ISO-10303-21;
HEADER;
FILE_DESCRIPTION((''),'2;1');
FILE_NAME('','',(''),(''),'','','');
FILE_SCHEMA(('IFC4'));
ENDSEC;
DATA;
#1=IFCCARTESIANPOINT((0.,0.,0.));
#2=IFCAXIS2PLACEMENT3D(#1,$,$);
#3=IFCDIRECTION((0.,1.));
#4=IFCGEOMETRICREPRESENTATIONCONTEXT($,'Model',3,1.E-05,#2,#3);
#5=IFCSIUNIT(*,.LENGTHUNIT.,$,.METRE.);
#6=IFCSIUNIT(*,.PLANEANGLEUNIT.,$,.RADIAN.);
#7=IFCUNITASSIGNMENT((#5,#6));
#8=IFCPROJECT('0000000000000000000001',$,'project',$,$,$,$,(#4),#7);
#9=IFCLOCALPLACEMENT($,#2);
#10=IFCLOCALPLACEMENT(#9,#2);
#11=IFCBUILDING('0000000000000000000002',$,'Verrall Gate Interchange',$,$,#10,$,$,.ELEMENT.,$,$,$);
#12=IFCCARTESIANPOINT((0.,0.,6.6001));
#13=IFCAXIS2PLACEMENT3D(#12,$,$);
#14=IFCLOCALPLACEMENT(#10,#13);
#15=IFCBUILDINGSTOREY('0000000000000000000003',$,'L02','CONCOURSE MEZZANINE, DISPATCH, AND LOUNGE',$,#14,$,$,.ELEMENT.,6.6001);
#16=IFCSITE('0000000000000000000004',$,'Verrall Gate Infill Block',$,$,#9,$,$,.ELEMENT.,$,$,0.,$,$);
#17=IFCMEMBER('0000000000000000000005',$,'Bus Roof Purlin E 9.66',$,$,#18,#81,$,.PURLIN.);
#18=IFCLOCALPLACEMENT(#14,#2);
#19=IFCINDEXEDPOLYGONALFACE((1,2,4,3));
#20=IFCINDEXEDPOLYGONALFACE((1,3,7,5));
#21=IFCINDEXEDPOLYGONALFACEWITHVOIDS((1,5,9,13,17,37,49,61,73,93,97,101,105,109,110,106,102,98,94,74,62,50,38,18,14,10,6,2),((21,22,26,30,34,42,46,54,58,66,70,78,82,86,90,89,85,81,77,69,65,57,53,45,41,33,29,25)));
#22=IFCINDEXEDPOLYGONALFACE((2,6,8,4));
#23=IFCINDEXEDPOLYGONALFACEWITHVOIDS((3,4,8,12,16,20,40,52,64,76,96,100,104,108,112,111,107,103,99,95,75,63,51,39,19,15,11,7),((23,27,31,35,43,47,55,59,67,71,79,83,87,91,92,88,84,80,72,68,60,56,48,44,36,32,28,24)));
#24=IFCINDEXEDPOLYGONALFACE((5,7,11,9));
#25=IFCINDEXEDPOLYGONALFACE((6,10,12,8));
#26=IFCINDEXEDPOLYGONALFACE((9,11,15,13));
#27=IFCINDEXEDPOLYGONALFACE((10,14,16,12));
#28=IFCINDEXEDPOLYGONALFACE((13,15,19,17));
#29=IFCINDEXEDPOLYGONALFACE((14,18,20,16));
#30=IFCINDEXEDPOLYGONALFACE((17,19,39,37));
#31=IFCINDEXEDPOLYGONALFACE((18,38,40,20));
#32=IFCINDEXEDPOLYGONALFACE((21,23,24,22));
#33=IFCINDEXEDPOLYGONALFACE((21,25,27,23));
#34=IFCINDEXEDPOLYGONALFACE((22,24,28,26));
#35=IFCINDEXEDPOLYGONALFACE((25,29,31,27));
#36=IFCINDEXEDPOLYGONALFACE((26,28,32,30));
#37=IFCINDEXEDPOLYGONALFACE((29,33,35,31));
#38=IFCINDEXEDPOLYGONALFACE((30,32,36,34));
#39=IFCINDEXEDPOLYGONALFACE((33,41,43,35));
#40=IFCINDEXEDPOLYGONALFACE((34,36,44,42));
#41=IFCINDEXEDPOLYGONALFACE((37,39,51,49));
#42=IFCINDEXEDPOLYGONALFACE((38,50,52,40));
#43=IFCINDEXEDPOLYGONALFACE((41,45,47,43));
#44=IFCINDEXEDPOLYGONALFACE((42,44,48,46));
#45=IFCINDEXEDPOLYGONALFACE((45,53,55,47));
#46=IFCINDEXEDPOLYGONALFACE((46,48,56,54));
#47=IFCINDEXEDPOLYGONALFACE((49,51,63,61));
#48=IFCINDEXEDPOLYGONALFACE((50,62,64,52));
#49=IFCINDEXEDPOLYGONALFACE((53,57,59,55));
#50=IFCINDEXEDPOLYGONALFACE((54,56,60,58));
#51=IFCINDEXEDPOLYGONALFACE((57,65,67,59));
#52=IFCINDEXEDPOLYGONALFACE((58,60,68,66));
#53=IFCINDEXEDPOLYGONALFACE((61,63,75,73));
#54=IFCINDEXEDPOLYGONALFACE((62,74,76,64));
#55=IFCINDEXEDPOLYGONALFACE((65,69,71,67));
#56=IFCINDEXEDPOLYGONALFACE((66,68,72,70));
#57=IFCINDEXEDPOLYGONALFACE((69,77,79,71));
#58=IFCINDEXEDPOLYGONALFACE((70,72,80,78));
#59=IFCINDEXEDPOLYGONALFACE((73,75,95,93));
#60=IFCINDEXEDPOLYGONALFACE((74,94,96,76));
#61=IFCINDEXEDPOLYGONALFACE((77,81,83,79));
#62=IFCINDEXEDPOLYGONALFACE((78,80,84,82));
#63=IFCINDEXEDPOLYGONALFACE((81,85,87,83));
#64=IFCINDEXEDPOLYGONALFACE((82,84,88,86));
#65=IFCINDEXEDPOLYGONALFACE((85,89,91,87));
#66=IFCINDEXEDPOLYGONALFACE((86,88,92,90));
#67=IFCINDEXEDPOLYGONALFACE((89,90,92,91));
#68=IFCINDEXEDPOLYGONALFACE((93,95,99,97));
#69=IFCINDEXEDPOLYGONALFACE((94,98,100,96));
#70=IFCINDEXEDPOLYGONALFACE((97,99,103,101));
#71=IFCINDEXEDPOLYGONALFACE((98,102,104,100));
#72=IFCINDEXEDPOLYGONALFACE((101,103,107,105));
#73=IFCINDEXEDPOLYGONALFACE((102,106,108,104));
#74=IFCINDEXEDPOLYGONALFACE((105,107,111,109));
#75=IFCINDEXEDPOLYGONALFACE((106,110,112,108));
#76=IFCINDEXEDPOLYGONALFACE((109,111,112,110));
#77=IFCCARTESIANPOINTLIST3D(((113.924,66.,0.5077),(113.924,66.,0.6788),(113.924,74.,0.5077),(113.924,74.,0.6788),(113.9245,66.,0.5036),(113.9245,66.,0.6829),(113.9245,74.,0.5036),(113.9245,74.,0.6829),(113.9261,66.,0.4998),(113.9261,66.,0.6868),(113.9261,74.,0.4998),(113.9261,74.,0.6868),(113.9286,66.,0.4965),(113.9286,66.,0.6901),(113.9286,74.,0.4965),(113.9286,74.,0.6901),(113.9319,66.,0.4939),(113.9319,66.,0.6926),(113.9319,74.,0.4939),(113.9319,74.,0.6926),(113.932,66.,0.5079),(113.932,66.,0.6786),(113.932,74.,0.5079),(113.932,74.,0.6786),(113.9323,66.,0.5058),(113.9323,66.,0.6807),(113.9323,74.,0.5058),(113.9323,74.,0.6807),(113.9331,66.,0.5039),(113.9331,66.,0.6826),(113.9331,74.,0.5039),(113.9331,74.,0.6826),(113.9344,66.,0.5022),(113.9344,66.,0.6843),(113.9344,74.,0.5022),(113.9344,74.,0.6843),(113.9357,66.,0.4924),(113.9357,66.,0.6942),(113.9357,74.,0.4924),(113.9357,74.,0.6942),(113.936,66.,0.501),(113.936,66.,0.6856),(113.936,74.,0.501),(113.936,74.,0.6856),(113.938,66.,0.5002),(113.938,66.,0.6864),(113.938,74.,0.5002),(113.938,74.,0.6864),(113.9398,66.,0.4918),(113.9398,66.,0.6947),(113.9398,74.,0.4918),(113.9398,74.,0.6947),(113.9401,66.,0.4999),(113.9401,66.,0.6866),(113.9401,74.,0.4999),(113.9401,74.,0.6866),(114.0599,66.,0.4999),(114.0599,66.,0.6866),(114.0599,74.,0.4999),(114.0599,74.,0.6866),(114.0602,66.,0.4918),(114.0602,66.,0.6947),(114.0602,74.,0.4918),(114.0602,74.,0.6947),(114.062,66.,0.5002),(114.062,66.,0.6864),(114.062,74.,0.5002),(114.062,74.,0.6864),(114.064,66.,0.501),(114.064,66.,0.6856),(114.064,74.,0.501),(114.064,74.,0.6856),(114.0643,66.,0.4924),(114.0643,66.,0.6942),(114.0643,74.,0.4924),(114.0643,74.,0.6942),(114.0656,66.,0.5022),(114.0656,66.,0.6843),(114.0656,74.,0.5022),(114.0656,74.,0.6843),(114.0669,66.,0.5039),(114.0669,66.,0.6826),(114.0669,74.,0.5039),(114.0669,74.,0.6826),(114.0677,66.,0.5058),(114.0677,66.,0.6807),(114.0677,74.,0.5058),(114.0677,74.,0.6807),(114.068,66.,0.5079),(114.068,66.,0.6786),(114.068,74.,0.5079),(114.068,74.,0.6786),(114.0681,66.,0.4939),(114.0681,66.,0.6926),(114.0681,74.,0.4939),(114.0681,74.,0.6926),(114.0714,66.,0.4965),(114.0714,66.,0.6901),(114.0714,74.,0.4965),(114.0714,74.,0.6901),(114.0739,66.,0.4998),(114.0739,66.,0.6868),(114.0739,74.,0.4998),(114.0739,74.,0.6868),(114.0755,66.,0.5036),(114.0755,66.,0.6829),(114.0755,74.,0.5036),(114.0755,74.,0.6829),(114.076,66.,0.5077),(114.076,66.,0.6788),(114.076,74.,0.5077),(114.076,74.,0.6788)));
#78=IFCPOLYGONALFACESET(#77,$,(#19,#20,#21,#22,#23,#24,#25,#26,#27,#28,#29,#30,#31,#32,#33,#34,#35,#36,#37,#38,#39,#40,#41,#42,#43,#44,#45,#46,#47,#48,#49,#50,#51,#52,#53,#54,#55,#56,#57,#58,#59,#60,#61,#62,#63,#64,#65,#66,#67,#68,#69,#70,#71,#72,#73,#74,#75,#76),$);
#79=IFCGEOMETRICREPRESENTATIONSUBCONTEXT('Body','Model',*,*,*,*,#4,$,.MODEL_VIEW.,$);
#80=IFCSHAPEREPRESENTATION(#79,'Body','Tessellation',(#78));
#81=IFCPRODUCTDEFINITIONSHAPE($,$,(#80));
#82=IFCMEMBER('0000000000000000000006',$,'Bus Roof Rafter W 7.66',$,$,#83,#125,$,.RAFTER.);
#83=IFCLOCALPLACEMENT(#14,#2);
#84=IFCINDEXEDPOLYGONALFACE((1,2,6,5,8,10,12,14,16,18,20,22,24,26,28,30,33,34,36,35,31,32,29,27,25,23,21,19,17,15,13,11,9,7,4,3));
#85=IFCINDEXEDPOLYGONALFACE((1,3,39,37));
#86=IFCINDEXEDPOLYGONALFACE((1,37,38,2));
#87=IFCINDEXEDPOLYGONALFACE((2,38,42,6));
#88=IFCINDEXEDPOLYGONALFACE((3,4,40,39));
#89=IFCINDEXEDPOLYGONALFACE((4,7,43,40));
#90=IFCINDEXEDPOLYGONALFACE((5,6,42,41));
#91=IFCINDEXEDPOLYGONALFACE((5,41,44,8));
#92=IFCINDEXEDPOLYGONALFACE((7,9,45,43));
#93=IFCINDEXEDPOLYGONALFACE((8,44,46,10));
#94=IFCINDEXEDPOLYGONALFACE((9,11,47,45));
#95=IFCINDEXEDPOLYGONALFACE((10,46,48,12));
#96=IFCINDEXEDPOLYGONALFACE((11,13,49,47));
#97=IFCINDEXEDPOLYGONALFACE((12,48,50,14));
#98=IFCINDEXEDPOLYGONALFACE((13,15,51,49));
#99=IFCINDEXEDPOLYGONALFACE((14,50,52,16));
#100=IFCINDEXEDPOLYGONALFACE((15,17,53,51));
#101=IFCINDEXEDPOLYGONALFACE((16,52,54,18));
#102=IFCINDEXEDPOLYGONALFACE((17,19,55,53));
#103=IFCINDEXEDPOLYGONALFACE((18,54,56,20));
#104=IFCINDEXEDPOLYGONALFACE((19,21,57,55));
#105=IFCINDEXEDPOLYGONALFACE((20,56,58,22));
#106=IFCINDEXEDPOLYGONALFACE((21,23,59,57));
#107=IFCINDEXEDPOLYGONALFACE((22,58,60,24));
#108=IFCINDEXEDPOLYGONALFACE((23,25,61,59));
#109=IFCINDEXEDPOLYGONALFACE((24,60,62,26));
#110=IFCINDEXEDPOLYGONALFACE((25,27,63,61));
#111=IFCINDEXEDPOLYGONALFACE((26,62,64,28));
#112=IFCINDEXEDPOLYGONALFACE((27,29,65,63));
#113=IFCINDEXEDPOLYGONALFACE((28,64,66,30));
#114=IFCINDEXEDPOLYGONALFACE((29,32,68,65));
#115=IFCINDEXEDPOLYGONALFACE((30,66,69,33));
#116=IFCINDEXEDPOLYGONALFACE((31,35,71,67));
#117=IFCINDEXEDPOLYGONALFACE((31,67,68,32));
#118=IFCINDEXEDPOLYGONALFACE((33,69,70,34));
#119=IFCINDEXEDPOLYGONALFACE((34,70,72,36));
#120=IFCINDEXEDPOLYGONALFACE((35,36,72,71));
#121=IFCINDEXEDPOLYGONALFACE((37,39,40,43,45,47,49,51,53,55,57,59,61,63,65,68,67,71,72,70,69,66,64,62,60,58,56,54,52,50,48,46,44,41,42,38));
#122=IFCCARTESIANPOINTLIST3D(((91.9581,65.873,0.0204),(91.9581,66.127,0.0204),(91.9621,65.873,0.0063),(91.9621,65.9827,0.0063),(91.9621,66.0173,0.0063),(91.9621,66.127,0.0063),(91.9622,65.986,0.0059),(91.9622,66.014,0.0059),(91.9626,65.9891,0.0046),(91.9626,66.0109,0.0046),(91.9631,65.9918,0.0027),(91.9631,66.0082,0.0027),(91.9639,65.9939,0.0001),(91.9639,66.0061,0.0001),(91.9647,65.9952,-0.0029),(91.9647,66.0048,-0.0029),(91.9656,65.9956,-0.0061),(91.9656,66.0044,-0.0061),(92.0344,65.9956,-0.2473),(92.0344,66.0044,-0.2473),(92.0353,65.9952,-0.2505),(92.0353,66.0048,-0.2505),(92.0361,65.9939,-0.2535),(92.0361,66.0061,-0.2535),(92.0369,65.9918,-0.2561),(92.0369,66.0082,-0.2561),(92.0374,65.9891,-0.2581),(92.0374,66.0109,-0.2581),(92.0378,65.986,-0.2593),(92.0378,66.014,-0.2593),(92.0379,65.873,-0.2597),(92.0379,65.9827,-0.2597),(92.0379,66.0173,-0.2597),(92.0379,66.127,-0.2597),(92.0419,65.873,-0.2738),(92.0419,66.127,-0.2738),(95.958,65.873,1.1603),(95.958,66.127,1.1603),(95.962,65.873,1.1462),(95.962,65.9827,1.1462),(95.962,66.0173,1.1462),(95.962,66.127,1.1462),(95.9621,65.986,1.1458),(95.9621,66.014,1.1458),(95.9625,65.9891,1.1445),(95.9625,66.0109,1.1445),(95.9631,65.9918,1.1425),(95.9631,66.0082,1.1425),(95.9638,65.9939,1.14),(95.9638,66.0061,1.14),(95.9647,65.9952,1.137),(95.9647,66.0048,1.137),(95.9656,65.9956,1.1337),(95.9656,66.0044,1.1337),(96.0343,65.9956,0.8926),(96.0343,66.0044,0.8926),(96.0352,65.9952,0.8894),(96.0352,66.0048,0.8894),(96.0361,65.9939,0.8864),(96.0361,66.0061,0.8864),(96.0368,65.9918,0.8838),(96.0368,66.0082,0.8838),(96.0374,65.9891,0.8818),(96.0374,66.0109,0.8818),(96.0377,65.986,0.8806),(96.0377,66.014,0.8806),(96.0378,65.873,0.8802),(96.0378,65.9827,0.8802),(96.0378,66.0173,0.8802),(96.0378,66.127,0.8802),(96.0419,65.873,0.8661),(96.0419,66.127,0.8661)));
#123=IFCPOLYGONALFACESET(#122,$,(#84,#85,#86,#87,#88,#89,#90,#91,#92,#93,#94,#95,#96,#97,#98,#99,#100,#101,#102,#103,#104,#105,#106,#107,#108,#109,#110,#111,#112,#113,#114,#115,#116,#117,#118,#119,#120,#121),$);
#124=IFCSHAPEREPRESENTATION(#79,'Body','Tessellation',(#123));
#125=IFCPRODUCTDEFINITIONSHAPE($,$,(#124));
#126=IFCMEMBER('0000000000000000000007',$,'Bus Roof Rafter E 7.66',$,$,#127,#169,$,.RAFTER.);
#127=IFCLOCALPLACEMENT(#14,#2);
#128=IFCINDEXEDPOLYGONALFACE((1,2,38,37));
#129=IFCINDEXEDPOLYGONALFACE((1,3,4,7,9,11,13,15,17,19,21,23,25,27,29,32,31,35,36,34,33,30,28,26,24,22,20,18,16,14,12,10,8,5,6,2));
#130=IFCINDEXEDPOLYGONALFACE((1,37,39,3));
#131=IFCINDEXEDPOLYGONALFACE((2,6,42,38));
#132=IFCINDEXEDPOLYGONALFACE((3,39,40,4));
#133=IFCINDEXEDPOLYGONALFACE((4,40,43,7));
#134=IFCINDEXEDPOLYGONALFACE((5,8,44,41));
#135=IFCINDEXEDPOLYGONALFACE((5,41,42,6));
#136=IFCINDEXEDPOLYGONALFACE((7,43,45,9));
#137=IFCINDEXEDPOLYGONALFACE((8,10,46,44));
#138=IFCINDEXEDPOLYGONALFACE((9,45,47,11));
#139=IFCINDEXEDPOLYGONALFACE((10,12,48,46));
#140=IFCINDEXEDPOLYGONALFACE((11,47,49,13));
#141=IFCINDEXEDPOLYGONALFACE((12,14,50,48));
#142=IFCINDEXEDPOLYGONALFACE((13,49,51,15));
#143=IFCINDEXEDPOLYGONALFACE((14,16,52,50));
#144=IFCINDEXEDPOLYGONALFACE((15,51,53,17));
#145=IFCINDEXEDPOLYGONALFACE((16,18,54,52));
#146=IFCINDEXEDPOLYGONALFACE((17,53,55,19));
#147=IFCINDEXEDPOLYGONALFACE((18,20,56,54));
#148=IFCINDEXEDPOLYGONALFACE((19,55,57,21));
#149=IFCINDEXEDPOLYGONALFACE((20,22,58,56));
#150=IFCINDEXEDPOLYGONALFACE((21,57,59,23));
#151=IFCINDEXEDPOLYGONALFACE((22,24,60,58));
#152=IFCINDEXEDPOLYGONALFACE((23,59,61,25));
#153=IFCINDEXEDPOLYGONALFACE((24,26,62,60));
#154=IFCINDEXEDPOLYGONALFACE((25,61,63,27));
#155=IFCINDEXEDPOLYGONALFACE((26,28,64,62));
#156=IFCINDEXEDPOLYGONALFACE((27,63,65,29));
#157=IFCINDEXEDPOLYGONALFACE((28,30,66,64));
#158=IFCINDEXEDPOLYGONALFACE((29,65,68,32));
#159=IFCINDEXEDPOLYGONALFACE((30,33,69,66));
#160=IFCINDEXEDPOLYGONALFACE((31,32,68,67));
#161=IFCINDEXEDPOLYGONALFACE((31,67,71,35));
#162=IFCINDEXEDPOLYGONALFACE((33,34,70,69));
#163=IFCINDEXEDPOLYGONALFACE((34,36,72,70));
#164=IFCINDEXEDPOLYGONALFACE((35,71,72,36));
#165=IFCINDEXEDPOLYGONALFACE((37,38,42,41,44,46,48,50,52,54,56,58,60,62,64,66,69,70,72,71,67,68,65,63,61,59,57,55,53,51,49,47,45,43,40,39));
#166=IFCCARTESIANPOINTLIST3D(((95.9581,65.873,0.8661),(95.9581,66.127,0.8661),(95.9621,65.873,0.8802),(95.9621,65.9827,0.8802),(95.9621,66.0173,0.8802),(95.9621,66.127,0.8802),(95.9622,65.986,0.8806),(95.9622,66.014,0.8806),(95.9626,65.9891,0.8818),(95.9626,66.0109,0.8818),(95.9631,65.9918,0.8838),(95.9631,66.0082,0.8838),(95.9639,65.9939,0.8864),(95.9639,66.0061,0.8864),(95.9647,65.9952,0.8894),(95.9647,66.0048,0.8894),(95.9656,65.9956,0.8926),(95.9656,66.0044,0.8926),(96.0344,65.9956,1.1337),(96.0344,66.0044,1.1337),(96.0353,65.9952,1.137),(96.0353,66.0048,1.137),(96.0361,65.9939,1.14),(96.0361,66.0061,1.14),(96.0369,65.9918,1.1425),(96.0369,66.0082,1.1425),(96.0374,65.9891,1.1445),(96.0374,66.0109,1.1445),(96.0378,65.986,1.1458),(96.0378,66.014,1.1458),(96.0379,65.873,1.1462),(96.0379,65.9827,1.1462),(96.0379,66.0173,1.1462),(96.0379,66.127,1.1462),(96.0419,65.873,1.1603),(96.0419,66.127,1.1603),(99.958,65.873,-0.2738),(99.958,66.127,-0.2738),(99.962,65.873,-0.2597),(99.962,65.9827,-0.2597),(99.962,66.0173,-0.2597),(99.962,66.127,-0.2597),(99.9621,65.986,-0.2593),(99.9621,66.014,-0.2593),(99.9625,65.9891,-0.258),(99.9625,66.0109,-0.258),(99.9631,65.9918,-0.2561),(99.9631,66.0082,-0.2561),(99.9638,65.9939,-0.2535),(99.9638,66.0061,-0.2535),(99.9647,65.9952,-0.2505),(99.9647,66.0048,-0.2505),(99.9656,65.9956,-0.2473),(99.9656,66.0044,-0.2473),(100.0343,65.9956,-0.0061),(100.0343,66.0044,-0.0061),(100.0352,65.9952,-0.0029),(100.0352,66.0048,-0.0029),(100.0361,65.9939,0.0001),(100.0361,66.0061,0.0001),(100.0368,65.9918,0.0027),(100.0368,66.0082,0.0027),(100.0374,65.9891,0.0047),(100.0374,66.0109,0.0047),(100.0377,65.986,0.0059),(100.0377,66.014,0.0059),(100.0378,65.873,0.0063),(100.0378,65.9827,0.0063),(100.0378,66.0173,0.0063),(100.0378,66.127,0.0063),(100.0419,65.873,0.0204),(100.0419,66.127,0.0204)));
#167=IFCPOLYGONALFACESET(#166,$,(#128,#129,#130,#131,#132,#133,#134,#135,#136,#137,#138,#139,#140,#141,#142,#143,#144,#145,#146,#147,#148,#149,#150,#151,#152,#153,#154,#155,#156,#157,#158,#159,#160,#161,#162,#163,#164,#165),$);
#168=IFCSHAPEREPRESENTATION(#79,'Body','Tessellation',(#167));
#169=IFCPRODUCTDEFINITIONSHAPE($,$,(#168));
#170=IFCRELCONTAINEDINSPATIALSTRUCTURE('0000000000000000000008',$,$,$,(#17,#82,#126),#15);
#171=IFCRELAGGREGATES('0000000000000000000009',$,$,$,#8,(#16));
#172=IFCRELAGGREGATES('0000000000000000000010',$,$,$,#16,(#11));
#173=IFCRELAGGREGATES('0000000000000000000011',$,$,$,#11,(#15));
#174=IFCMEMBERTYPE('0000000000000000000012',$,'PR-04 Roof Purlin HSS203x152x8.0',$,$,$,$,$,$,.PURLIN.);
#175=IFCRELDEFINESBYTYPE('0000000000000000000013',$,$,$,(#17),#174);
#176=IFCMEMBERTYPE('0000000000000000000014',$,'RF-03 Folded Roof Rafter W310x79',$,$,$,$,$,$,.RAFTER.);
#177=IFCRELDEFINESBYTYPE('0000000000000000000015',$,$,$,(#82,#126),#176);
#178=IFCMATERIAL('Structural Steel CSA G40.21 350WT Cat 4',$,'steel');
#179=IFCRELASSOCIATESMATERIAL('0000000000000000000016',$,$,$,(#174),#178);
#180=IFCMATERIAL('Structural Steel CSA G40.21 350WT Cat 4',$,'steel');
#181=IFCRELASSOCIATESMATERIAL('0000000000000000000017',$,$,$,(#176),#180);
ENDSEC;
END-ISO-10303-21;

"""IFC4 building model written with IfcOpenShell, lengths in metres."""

from ifc_helpers import new_model, si_unit, direction, frame, origin, origin_2d, place, context, subcontext, project, spatial, hollow_rectangle, i_section, extrude, material, material_profile, profile_set, type_object, element, save


model = new_model("IFC4")

# Units and contexts
model_context = context("Model", 3, precision=1e-05, world=origin(), true_north=direction((0.0, 1.0)))
body_context = subcontext(model_context, "Body", "Model", "MODEL_VIEW")
ifc_project = project(units=[si_unit("LENGTHUNIT", "METRE"), si_unit("PLANEANGLEUNIT", "RADIAN")], contexts=[model_context])

# Site, building, storey
site_placement = place(None, origin())
site = spatial("IfcSite", under=ifc_project, at=site_placement, Name="Verrall Gate Infill Block", CompositionType="ELEMENT", RefElevation=0.0)
building_placement = place(site_placement, origin())
building = spatial("IfcBuilding", under=site, at=building_placement, Name="Verrall Gate Interchange", CompositionType="ELEMENT")
storey_placement = place(building_placement, frame((0.0, 0.0, 6.6001)))
storey = spatial("IfcBuildingStorey", under=building, at=storey_placement, Name="L02", Description="CONCOURSE MEZZANINE, DISPATCH, AND LOUNGE", CompositionType="ELEMENT", Elevation=6.6001)

# Members
ifc_material_1 = material(Name="Structural Steel CSA G40.21 350WT Cat 4", Category="steel")
ifc_material_profile_1 = material_profile(ifc_material_1, hollow_rectangle(XDim=0.1521, YDim=0.2029, WallThickness=0.0081, InnerFilletRadius=0.0081, OuterFilletRadius=0.0159, at=origin_2d()), Name="HSS203x152x8.0")
ifc_profile_set_1 = profile_set([ifc_material_profile_1], Name="Structural Steel CSA G40.21 350WT Cat 4")
member_type_1 = type_object("IfcMemberType", Name="PR-04 Roof Purlin HSS203x152x8.0", PredefinedType="PURLIN", material=ifc_profile_set_1)
for number, where, z_axis, x_axis, name in (
    (1, (114.0, 66.0, 0.5933), (0.0, 1.0, 0.0), (-1.0, 0.0, 0.0), "Bus Roof Purlin E 9.66"),
):
    element("IfcMember", number, at=place(storey_placement, frame(where, z_axis=z_axis, x_axis=x_axis)), inside=storey, type_object=member_type_1, Name=name, PredefinedType="PURLIN", context=body_context, shape_type="SweptSolid", body=[
        extrude(hollow_rectangle(XDim=0.1521, YDim=0.2029, WallThickness=0.0081, InnerFilletRadius=0.0081, OuterFilletRadius=0.0159, at=origin_2d()), origin(), (0.0, 0.0, 1.0), 8.0),
    ])
ifc_material_2 = material(Name="Structural Steel CSA G40.21 350WT Cat 4", Category="steel")
ifc_material_profile_2 = material_profile(ifc_material_2, i_section(OverallWidth=0.2539, OverallDepth=0.3059, WebThickness=0.0088, FlangeThickness=0.0146, FilletRadius=0.0129, at=origin_2d()), Name="W310x79")
ifc_profile_set_2 = profile_set([ifc_material_profile_2], Name="Structural Steel CSA G40.21 350WT Cat 4")
member_type_2 = type_object("IfcMemberType", Name="RF-03 Folded Roof Rafter W310x79", PredefinedType="RAFTER", material=ifc_profile_set_2)
for number, where, z_axis, x_axis, name in (
    (2, (92.0, 66.0, -0.1267), (0.961712, 0.0, 0.274062), (0.0, 1.0, 0.0), "Bus Roof Rafter W 7.66"),
    (3, (96.0, 66.0, 1.0132), (0.961712, 0.0, -0.274062), (0.0, 1.0, 0.0), "Bus Roof Rafter E 7.66"),
):
    element("IfcMember", number, at=place(storey_placement, frame(where, z_axis=z_axis, x_axis=x_axis)), inside=storey, type_object=member_type_2, Name=name, PredefinedType="RAFTER", context=body_context, shape_type="SweptSolid", body=[
        extrude(i_section(OverallWidth=0.2539, OverallDepth=0.3059, WebThickness=0.0088, FlangeThickness=0.0146, FilletRadius=0.0129, at=origin_2d()), origin(), (0.0, 0.0, 1.0), 4.1592),
    ])

save(model, "model.ifc")
